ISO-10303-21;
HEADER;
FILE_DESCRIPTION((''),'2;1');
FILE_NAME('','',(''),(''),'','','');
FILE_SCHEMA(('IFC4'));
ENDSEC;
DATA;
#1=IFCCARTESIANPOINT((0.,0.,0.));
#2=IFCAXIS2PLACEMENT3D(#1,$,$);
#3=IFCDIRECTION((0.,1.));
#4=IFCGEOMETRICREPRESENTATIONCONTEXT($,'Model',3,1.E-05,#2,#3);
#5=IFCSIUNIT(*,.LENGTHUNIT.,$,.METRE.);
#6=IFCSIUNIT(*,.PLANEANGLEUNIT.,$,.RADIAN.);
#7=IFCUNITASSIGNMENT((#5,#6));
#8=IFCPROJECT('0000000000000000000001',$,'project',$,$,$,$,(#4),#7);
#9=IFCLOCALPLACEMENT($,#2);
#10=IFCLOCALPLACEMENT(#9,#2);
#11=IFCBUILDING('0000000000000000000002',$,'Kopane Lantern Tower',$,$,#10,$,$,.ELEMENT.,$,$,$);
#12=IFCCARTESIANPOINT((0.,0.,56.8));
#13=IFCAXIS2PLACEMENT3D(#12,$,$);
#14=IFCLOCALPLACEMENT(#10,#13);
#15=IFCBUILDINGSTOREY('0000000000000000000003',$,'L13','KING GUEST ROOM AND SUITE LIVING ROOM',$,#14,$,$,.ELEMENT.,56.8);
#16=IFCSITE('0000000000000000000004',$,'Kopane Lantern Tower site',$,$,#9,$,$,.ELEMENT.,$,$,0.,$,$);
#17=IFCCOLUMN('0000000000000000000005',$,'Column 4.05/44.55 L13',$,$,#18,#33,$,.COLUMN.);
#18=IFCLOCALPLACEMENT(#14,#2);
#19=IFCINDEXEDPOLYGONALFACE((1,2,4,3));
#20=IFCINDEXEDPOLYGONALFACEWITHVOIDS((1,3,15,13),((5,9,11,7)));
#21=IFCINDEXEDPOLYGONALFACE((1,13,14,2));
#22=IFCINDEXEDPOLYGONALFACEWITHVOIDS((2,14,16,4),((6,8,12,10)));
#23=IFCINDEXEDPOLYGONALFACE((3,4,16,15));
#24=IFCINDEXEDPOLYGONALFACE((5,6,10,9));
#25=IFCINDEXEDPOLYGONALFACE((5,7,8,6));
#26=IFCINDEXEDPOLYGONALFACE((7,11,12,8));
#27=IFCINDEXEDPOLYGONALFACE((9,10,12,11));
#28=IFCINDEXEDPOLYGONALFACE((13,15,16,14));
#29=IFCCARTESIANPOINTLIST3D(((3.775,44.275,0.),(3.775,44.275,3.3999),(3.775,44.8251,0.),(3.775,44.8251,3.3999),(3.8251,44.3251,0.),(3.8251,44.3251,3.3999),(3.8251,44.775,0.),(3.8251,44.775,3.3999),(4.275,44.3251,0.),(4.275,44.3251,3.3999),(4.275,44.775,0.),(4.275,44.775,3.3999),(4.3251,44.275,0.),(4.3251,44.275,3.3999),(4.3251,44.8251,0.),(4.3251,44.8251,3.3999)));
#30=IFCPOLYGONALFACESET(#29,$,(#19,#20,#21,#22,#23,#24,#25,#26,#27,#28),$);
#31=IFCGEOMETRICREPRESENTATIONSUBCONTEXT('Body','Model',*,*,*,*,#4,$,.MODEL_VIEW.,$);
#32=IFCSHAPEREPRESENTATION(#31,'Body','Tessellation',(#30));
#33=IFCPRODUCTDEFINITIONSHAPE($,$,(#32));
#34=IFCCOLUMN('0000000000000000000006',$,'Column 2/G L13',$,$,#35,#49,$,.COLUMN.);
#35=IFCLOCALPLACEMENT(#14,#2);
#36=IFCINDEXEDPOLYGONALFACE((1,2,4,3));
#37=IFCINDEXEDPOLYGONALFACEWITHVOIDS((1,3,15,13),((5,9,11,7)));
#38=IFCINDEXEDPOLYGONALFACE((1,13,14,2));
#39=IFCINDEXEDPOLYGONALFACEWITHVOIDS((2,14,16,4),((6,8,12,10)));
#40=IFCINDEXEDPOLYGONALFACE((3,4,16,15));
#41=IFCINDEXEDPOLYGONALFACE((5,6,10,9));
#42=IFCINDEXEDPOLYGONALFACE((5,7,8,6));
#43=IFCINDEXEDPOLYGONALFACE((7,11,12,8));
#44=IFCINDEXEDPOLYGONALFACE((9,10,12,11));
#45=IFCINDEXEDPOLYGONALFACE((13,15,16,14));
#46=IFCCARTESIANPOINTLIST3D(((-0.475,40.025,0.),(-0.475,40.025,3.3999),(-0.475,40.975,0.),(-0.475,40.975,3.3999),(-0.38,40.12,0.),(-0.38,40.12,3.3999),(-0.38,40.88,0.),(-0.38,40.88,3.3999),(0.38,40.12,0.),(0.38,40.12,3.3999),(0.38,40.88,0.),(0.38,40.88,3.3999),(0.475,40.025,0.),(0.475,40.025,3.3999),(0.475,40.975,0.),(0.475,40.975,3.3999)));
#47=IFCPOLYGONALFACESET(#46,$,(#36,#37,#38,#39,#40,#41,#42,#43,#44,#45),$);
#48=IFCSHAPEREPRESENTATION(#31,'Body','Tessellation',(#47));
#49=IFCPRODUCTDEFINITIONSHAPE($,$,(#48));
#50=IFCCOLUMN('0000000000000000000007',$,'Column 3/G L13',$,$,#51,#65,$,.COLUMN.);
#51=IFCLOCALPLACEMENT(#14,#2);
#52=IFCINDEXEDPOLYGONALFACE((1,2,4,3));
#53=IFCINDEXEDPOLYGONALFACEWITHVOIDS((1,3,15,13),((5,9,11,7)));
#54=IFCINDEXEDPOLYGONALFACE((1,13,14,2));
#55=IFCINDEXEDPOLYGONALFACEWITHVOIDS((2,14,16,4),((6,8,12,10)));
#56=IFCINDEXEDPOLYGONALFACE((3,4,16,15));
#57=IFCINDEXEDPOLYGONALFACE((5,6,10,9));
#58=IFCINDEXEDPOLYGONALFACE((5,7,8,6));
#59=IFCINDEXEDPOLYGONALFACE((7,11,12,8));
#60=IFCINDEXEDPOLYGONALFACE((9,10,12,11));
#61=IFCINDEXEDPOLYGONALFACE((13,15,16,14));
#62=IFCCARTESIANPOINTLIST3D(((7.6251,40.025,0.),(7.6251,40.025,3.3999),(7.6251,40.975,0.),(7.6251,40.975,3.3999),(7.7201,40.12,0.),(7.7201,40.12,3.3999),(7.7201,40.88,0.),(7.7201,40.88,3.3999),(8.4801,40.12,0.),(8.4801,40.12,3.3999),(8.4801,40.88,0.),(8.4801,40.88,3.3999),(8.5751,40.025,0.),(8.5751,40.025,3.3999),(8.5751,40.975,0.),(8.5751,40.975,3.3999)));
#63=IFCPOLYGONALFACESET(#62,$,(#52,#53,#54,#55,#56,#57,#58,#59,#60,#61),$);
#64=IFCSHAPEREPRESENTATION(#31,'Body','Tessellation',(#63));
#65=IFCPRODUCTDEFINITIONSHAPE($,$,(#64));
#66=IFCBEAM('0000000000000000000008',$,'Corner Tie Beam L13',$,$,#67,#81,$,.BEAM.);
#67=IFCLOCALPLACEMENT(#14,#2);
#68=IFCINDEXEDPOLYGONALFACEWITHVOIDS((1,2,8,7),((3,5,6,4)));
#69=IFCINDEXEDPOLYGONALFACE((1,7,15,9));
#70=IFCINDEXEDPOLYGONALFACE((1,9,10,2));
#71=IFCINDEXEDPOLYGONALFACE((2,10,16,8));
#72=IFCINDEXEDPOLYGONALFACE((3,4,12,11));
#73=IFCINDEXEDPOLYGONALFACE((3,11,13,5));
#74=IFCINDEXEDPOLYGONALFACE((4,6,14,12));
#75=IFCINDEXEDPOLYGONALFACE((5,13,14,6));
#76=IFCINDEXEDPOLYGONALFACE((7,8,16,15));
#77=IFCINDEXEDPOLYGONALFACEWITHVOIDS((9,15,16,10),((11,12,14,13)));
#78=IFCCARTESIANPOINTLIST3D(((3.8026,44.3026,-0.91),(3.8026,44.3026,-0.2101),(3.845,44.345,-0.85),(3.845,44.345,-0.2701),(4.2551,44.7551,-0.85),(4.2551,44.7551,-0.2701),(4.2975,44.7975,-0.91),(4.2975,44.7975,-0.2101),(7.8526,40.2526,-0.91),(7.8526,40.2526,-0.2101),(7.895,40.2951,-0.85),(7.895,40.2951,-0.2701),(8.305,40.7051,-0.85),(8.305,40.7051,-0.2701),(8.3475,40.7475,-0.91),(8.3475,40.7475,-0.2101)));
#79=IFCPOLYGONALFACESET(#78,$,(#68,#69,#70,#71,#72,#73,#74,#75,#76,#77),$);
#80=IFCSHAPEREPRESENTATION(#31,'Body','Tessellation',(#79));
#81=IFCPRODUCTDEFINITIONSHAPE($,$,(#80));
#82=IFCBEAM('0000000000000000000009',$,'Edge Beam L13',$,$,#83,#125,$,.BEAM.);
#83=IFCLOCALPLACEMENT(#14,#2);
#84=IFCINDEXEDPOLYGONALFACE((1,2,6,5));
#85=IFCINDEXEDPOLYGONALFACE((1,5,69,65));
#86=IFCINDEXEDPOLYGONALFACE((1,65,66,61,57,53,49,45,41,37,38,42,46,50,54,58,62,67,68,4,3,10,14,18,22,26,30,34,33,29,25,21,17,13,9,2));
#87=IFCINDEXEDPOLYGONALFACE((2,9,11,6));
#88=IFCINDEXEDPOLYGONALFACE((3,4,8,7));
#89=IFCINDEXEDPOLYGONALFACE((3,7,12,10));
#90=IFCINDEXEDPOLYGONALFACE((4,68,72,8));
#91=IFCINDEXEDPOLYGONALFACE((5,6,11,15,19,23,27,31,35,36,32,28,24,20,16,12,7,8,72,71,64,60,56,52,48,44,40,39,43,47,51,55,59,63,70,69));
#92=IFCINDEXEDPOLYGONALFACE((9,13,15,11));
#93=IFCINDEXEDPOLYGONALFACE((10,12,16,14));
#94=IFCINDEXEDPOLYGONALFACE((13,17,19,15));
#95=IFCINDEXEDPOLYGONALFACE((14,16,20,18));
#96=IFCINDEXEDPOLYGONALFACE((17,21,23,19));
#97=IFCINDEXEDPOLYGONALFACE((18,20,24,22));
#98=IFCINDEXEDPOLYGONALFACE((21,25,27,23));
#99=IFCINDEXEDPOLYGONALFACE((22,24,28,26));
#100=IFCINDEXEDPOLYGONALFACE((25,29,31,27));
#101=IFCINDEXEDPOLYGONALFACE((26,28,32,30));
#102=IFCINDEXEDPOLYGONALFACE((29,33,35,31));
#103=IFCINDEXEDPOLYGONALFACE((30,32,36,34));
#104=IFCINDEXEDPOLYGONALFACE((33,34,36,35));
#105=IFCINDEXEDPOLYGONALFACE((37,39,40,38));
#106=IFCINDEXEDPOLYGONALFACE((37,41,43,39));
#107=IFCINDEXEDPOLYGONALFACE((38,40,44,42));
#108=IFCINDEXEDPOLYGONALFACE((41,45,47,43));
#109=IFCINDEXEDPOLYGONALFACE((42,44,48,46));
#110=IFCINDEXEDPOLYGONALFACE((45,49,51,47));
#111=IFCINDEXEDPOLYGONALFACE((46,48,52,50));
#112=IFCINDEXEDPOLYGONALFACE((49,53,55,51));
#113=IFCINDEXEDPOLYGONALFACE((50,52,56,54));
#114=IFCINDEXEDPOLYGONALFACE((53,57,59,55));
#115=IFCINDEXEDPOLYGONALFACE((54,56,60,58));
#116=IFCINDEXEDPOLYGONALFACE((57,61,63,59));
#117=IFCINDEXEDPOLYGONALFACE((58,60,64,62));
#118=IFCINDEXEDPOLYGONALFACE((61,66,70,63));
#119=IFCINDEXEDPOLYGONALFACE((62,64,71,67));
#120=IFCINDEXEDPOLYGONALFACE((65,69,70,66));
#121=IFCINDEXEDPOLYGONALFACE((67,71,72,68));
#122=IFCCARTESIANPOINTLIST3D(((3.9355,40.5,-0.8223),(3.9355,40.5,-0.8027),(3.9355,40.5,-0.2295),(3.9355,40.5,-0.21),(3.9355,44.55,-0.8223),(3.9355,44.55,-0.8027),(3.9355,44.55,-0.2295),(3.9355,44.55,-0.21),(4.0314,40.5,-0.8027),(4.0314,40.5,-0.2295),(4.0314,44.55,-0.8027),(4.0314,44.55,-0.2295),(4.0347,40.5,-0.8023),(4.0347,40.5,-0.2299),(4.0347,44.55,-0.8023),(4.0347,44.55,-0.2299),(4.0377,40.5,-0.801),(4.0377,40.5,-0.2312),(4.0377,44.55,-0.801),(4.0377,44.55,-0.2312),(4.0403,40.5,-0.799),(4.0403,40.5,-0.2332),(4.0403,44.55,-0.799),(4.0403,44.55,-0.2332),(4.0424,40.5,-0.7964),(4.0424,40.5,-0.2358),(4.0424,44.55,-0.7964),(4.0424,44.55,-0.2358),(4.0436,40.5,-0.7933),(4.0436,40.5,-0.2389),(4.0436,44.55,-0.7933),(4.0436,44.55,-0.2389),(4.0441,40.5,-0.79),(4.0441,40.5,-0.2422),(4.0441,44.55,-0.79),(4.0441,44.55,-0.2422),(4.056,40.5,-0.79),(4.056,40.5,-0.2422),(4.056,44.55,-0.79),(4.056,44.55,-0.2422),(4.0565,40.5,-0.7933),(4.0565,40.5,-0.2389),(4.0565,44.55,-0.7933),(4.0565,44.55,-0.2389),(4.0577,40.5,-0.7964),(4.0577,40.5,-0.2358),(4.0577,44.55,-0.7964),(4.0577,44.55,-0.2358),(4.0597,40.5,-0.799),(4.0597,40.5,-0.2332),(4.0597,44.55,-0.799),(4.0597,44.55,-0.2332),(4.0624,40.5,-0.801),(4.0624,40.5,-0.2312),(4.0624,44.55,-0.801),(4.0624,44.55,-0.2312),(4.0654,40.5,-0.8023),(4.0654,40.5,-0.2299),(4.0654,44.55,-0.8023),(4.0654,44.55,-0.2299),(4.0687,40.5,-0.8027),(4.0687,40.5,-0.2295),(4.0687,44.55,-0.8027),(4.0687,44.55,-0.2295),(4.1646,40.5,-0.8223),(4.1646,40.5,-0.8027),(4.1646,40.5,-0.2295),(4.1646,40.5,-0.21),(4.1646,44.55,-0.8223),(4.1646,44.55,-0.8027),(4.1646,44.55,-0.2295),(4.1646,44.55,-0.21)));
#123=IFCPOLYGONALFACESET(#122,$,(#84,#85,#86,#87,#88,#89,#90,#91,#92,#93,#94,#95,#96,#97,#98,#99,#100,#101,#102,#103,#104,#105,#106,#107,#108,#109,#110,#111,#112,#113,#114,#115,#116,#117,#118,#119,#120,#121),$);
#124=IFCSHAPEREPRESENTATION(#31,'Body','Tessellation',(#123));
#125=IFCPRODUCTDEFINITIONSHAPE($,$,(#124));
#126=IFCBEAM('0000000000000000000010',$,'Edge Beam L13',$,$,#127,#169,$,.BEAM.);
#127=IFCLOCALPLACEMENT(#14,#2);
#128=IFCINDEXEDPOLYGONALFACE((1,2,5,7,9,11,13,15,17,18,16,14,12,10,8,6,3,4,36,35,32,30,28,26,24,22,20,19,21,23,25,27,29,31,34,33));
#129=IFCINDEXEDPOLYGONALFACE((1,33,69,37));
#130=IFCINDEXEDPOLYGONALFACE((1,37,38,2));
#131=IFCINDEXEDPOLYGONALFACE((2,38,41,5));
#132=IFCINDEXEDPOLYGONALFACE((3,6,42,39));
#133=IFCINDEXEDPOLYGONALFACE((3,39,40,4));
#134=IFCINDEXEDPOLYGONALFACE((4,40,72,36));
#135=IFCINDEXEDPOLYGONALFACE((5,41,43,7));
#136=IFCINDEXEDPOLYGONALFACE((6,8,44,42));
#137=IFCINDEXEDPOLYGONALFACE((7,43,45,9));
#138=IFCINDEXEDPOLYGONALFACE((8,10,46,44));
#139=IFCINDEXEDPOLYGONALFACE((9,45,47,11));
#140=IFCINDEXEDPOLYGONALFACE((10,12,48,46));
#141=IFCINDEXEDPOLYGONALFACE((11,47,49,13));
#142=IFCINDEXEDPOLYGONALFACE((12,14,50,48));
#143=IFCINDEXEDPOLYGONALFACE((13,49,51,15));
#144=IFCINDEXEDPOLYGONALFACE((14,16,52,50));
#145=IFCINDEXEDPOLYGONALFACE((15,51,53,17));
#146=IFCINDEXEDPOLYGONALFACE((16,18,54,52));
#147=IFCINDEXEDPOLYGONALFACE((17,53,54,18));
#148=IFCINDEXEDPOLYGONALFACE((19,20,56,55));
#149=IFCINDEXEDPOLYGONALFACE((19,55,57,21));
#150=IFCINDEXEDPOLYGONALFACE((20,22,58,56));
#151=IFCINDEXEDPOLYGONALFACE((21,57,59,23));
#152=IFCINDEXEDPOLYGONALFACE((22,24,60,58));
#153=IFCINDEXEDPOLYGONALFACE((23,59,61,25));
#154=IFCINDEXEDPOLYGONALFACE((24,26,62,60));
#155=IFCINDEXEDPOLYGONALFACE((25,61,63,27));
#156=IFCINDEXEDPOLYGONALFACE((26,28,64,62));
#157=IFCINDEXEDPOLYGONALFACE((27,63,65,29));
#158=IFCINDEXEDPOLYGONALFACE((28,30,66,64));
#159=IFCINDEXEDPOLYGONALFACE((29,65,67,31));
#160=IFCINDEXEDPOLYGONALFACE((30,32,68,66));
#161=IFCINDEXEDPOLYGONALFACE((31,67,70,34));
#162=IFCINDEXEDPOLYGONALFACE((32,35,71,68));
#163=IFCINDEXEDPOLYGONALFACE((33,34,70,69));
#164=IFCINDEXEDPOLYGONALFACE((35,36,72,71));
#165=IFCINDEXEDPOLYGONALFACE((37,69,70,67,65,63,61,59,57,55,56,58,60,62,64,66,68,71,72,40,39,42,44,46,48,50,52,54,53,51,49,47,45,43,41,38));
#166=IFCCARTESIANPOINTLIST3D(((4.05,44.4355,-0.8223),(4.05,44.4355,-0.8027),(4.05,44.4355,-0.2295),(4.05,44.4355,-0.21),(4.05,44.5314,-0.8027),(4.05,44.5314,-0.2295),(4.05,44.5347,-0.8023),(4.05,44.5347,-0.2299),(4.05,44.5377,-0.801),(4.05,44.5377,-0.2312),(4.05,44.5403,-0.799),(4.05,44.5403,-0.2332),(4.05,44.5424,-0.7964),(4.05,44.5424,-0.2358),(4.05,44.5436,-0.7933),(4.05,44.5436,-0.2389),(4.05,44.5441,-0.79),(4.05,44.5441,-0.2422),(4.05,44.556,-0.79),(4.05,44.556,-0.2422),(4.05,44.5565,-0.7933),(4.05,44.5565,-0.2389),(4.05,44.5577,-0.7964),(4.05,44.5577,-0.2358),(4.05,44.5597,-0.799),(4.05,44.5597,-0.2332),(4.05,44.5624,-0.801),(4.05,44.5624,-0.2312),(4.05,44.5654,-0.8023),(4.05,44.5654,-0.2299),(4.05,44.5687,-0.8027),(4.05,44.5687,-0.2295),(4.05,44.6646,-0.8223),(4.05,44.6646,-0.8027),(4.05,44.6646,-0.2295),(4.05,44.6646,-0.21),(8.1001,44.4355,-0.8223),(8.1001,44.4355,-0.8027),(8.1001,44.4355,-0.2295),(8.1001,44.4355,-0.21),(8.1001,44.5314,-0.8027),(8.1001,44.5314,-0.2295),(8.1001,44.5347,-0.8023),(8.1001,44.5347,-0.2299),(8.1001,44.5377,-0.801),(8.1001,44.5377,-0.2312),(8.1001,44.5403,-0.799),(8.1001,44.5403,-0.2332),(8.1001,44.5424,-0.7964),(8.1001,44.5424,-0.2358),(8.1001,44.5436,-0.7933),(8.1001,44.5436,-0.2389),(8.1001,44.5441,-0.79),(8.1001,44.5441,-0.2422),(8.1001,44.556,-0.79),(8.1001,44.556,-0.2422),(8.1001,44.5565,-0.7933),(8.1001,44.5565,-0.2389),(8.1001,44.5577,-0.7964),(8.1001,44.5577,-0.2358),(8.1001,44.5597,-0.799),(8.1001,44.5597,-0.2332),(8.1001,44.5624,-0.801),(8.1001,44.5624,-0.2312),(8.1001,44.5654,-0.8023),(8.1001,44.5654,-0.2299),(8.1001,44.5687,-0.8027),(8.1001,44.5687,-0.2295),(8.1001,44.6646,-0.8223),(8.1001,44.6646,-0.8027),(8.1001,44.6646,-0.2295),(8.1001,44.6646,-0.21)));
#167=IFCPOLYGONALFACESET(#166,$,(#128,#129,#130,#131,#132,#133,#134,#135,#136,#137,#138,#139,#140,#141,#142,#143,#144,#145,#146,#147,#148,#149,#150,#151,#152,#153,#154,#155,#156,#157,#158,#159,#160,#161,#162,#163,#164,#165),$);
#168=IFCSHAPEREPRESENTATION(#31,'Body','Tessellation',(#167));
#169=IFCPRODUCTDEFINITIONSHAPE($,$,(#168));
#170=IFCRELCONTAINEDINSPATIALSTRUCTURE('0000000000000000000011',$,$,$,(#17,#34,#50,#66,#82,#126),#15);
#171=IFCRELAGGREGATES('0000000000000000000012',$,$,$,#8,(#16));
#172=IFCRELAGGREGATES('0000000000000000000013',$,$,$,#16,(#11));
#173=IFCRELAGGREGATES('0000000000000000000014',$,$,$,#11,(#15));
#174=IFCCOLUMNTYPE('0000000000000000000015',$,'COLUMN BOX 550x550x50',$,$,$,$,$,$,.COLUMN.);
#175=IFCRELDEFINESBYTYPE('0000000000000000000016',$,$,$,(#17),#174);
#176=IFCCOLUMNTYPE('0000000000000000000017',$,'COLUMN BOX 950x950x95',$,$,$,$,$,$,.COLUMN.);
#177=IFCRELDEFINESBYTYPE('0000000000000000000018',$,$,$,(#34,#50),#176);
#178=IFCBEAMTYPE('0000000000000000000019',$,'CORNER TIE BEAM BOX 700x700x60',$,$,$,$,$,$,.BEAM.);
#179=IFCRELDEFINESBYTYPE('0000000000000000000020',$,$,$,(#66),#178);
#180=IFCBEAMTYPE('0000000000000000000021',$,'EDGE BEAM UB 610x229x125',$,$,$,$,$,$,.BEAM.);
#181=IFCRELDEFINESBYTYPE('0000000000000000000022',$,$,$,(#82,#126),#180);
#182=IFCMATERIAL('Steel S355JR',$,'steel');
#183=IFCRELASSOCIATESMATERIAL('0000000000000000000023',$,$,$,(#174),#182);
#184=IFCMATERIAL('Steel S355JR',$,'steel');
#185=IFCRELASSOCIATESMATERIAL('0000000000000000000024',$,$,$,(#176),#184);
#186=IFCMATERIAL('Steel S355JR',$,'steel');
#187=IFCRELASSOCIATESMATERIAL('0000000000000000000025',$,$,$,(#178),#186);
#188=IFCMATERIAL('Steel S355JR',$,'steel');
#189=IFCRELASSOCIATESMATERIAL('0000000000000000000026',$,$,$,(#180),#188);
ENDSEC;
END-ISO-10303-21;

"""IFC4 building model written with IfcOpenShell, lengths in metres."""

from ifc_helpers import new_model, si_unit, direction, frame, origin, origin_2d, place, context, subcontext, project, spatial, hollow_rectangle, i_section, extrude, material, material_profile, profile_set, type_object, element, save


model = new_model("IFC4")

# Units and contexts
model_context = context("Model", 3, precision=1e-05, world=origin(), true_north=direction((0.0, 1.0)))
body_context = subcontext(model_context, "Body", "Model", "MODEL_VIEW")
ifc_project = project(units=[si_unit("LENGTHUNIT", "METRE"), si_unit("PLANEANGLEUNIT", "RADIAN")], contexts=[model_context])

# Site, building, storey
site_placement = place(None, origin())
site = spatial("IfcSite", under=ifc_project, at=site_placement, Name="Kopane Lantern Tower site", CompositionType="ELEMENT", RefElevation=0.0)
building_placement = place(site_placement, origin())
building = spatial("IfcBuilding", under=site, at=building_placement, Name="Kopane Lantern Tower", CompositionType="ELEMENT")
storey_placement = place(building_placement, frame((0.0, 0.0, 56.8)))
storey = spatial("IfcBuildingStorey", under=building, at=storey_placement, Name="L13", Description="KING GUEST ROOM AND SUITE LIVING ROOM", CompositionType="ELEMENT", Elevation=56.8)

# Columns
ifc_material_1 = material(Name="Steel S355JR", Category="steel")
ifc_material_profile_1 = material_profile(ifc_material_1, hollow_rectangle(XDim=0.55, YDim=0.55, WallThickness=0.05, at=origin_2d()), Name="BOX 550x550x50")
ifc_profile_set_1 = profile_set([ifc_material_profile_1], Name="Steel S355JR")
column_type_1 = type_object("IfcColumnType", Name="COLUMN BOX 550x550x50", PredefinedType="COLUMN", material=ifc_profile_set_1)
column_placement = place(storey_placement, frame((4.05, 44.55, 0.0), z_axis=(0.0, 0.0, 1.0), x_axis=(1.0, 0.0, 0.0)))
element("IfcColumn", 1, at=column_placement, inside=storey, type_object=column_type_1, Name="Column 4.05/44.55 L13", PredefinedType="COLUMN", context=body_context, shape_type="SweptSolid", body=[
    extrude(hollow_rectangle(XDim=0.55, YDim=0.55, WallThickness=0.05, at=origin_2d()), origin(), (0.0, 0.0, 1.0), 3.3999),
])
ifc_material_2 = material(Name="Steel S355JR", Category="steel")
ifc_material_profile_2 = material_profile(ifc_material_2, hollow_rectangle(XDim=0.95, YDim=0.95, WallThickness=0.095, at=origin_2d()), Name="BOX 950x950x95")
ifc_profile_set_2 = profile_set([ifc_material_profile_2], Name="Steel S355JR")
column_type_2 = type_object("IfcColumnType", Name="COLUMN BOX 950x950x95", PredefinedType="COLUMN", material=ifc_profile_set_2)
for number, where, z_axis, x_axis, name in (
    (2, (0.0, 40.5, 0.0), (0.0, 0.0, 1.0), (1.0, 0.0, 0.0), "Column 2/G L13"),
    (3, (8.1001, 40.5, 0.0), (0.0, 0.0, 1.0), (1.0, 0.0, 0.0), "Column 3/G L13"),
):
    element("IfcColumn", number, at=place(storey_placement, frame(where, z_axis=z_axis, x_axis=x_axis)), inside=storey, type_object=column_type_2, Name=name, PredefinedType="COLUMN", context=body_context, shape_type="SweptSolid", body=[
        extrude(hollow_rectangle(XDim=0.95, YDim=0.95, WallThickness=0.095, at=origin_2d()), origin(), (0.0, 0.0, 1.0), 3.3999),
    ])

# Beams
ifc_material_3 = material(Name="Steel S355JR", Category="steel")
ifc_material_profile_3 = material_profile(ifc_material_3, hollow_rectangle(XDim=0.7, YDim=0.7, WallThickness=0.0601, at=origin_2d()), Name="BOX 700x700x60")
ifc_profile_set_3 = profile_set([ifc_material_profile_3], Name="Steel S355JR")
beam_type_1 = type_object("IfcBeamType", Name="CORNER TIE BEAM BOX 700x700x60", PredefinedType="BEAM", material=ifc_profile_set_3)
beam_placement = place(storey_placement, frame((4.05, 44.55, -0.5601), z_axis=(0.707107, -0.707107, 0.0), x_axis=(0.707107, 0.707107, 0.0)))
element("IfcBeam", 4, at=beam_placement, inside=storey, type_object=beam_type_1, Name="Corner Tie Beam L13", PredefinedType="BEAM", context=body_context, shape_type="SweptSolid", body=[
    extrude(hollow_rectangle(XDim=0.7, YDim=0.7, WallThickness=0.0601, at=origin_2d()), origin(), (0.0, 0.0, 1.0), 5.7275),
])
ifc_material_4 = material(Name="Steel S355JR", Category="steel")
ifc_material_profile_4 = material_profile(ifc_material_4, i_section(OverallWidth=0.229, OverallDepth=0.6123, WebThickness=0.012, FlangeThickness=0.0195, FilletRadius=0.0127, at=origin_2d()), Name="UB 610x229x125")
ifc_profile_set_4 = profile_set([ifc_material_profile_4], Name="Steel S355JR")
beam_type_2 = type_object("IfcBeamType", Name="EDGE BEAM UB 610x229x125", PredefinedType="BEAM", material=ifc_profile_set_4)
for number, where, z_axis, x_axis, name in (
    (5, (4.05, 44.55, -0.5161), (0.0, -1.0, 0.0), (1.0, 0.0, 0.0), "Edge Beam L13"),
    (6, (4.05, 44.55, -0.5161), (1.0, 0.0, 0.0), (0.0, 1.0, 0.0), "Edge Beam L13"),
):
    element("IfcBeam", number, at=place(storey_placement, frame(where, z_axis=z_axis, x_axis=x_axis)), inside=storey, type_object=beam_type_2, Name=name, PredefinedType="BEAM", context=body_context, shape_type="SweptSolid", body=[
        extrude(i_section(OverallWidth=0.229, OverallDepth=0.6123, WebThickness=0.012, FlangeThickness=0.0195, FilletRadius=0.0127, at=origin_2d()), origin(), (0.0, 0.0, 1.0), 4.05),
    ])

save(model, "model.ifc")
